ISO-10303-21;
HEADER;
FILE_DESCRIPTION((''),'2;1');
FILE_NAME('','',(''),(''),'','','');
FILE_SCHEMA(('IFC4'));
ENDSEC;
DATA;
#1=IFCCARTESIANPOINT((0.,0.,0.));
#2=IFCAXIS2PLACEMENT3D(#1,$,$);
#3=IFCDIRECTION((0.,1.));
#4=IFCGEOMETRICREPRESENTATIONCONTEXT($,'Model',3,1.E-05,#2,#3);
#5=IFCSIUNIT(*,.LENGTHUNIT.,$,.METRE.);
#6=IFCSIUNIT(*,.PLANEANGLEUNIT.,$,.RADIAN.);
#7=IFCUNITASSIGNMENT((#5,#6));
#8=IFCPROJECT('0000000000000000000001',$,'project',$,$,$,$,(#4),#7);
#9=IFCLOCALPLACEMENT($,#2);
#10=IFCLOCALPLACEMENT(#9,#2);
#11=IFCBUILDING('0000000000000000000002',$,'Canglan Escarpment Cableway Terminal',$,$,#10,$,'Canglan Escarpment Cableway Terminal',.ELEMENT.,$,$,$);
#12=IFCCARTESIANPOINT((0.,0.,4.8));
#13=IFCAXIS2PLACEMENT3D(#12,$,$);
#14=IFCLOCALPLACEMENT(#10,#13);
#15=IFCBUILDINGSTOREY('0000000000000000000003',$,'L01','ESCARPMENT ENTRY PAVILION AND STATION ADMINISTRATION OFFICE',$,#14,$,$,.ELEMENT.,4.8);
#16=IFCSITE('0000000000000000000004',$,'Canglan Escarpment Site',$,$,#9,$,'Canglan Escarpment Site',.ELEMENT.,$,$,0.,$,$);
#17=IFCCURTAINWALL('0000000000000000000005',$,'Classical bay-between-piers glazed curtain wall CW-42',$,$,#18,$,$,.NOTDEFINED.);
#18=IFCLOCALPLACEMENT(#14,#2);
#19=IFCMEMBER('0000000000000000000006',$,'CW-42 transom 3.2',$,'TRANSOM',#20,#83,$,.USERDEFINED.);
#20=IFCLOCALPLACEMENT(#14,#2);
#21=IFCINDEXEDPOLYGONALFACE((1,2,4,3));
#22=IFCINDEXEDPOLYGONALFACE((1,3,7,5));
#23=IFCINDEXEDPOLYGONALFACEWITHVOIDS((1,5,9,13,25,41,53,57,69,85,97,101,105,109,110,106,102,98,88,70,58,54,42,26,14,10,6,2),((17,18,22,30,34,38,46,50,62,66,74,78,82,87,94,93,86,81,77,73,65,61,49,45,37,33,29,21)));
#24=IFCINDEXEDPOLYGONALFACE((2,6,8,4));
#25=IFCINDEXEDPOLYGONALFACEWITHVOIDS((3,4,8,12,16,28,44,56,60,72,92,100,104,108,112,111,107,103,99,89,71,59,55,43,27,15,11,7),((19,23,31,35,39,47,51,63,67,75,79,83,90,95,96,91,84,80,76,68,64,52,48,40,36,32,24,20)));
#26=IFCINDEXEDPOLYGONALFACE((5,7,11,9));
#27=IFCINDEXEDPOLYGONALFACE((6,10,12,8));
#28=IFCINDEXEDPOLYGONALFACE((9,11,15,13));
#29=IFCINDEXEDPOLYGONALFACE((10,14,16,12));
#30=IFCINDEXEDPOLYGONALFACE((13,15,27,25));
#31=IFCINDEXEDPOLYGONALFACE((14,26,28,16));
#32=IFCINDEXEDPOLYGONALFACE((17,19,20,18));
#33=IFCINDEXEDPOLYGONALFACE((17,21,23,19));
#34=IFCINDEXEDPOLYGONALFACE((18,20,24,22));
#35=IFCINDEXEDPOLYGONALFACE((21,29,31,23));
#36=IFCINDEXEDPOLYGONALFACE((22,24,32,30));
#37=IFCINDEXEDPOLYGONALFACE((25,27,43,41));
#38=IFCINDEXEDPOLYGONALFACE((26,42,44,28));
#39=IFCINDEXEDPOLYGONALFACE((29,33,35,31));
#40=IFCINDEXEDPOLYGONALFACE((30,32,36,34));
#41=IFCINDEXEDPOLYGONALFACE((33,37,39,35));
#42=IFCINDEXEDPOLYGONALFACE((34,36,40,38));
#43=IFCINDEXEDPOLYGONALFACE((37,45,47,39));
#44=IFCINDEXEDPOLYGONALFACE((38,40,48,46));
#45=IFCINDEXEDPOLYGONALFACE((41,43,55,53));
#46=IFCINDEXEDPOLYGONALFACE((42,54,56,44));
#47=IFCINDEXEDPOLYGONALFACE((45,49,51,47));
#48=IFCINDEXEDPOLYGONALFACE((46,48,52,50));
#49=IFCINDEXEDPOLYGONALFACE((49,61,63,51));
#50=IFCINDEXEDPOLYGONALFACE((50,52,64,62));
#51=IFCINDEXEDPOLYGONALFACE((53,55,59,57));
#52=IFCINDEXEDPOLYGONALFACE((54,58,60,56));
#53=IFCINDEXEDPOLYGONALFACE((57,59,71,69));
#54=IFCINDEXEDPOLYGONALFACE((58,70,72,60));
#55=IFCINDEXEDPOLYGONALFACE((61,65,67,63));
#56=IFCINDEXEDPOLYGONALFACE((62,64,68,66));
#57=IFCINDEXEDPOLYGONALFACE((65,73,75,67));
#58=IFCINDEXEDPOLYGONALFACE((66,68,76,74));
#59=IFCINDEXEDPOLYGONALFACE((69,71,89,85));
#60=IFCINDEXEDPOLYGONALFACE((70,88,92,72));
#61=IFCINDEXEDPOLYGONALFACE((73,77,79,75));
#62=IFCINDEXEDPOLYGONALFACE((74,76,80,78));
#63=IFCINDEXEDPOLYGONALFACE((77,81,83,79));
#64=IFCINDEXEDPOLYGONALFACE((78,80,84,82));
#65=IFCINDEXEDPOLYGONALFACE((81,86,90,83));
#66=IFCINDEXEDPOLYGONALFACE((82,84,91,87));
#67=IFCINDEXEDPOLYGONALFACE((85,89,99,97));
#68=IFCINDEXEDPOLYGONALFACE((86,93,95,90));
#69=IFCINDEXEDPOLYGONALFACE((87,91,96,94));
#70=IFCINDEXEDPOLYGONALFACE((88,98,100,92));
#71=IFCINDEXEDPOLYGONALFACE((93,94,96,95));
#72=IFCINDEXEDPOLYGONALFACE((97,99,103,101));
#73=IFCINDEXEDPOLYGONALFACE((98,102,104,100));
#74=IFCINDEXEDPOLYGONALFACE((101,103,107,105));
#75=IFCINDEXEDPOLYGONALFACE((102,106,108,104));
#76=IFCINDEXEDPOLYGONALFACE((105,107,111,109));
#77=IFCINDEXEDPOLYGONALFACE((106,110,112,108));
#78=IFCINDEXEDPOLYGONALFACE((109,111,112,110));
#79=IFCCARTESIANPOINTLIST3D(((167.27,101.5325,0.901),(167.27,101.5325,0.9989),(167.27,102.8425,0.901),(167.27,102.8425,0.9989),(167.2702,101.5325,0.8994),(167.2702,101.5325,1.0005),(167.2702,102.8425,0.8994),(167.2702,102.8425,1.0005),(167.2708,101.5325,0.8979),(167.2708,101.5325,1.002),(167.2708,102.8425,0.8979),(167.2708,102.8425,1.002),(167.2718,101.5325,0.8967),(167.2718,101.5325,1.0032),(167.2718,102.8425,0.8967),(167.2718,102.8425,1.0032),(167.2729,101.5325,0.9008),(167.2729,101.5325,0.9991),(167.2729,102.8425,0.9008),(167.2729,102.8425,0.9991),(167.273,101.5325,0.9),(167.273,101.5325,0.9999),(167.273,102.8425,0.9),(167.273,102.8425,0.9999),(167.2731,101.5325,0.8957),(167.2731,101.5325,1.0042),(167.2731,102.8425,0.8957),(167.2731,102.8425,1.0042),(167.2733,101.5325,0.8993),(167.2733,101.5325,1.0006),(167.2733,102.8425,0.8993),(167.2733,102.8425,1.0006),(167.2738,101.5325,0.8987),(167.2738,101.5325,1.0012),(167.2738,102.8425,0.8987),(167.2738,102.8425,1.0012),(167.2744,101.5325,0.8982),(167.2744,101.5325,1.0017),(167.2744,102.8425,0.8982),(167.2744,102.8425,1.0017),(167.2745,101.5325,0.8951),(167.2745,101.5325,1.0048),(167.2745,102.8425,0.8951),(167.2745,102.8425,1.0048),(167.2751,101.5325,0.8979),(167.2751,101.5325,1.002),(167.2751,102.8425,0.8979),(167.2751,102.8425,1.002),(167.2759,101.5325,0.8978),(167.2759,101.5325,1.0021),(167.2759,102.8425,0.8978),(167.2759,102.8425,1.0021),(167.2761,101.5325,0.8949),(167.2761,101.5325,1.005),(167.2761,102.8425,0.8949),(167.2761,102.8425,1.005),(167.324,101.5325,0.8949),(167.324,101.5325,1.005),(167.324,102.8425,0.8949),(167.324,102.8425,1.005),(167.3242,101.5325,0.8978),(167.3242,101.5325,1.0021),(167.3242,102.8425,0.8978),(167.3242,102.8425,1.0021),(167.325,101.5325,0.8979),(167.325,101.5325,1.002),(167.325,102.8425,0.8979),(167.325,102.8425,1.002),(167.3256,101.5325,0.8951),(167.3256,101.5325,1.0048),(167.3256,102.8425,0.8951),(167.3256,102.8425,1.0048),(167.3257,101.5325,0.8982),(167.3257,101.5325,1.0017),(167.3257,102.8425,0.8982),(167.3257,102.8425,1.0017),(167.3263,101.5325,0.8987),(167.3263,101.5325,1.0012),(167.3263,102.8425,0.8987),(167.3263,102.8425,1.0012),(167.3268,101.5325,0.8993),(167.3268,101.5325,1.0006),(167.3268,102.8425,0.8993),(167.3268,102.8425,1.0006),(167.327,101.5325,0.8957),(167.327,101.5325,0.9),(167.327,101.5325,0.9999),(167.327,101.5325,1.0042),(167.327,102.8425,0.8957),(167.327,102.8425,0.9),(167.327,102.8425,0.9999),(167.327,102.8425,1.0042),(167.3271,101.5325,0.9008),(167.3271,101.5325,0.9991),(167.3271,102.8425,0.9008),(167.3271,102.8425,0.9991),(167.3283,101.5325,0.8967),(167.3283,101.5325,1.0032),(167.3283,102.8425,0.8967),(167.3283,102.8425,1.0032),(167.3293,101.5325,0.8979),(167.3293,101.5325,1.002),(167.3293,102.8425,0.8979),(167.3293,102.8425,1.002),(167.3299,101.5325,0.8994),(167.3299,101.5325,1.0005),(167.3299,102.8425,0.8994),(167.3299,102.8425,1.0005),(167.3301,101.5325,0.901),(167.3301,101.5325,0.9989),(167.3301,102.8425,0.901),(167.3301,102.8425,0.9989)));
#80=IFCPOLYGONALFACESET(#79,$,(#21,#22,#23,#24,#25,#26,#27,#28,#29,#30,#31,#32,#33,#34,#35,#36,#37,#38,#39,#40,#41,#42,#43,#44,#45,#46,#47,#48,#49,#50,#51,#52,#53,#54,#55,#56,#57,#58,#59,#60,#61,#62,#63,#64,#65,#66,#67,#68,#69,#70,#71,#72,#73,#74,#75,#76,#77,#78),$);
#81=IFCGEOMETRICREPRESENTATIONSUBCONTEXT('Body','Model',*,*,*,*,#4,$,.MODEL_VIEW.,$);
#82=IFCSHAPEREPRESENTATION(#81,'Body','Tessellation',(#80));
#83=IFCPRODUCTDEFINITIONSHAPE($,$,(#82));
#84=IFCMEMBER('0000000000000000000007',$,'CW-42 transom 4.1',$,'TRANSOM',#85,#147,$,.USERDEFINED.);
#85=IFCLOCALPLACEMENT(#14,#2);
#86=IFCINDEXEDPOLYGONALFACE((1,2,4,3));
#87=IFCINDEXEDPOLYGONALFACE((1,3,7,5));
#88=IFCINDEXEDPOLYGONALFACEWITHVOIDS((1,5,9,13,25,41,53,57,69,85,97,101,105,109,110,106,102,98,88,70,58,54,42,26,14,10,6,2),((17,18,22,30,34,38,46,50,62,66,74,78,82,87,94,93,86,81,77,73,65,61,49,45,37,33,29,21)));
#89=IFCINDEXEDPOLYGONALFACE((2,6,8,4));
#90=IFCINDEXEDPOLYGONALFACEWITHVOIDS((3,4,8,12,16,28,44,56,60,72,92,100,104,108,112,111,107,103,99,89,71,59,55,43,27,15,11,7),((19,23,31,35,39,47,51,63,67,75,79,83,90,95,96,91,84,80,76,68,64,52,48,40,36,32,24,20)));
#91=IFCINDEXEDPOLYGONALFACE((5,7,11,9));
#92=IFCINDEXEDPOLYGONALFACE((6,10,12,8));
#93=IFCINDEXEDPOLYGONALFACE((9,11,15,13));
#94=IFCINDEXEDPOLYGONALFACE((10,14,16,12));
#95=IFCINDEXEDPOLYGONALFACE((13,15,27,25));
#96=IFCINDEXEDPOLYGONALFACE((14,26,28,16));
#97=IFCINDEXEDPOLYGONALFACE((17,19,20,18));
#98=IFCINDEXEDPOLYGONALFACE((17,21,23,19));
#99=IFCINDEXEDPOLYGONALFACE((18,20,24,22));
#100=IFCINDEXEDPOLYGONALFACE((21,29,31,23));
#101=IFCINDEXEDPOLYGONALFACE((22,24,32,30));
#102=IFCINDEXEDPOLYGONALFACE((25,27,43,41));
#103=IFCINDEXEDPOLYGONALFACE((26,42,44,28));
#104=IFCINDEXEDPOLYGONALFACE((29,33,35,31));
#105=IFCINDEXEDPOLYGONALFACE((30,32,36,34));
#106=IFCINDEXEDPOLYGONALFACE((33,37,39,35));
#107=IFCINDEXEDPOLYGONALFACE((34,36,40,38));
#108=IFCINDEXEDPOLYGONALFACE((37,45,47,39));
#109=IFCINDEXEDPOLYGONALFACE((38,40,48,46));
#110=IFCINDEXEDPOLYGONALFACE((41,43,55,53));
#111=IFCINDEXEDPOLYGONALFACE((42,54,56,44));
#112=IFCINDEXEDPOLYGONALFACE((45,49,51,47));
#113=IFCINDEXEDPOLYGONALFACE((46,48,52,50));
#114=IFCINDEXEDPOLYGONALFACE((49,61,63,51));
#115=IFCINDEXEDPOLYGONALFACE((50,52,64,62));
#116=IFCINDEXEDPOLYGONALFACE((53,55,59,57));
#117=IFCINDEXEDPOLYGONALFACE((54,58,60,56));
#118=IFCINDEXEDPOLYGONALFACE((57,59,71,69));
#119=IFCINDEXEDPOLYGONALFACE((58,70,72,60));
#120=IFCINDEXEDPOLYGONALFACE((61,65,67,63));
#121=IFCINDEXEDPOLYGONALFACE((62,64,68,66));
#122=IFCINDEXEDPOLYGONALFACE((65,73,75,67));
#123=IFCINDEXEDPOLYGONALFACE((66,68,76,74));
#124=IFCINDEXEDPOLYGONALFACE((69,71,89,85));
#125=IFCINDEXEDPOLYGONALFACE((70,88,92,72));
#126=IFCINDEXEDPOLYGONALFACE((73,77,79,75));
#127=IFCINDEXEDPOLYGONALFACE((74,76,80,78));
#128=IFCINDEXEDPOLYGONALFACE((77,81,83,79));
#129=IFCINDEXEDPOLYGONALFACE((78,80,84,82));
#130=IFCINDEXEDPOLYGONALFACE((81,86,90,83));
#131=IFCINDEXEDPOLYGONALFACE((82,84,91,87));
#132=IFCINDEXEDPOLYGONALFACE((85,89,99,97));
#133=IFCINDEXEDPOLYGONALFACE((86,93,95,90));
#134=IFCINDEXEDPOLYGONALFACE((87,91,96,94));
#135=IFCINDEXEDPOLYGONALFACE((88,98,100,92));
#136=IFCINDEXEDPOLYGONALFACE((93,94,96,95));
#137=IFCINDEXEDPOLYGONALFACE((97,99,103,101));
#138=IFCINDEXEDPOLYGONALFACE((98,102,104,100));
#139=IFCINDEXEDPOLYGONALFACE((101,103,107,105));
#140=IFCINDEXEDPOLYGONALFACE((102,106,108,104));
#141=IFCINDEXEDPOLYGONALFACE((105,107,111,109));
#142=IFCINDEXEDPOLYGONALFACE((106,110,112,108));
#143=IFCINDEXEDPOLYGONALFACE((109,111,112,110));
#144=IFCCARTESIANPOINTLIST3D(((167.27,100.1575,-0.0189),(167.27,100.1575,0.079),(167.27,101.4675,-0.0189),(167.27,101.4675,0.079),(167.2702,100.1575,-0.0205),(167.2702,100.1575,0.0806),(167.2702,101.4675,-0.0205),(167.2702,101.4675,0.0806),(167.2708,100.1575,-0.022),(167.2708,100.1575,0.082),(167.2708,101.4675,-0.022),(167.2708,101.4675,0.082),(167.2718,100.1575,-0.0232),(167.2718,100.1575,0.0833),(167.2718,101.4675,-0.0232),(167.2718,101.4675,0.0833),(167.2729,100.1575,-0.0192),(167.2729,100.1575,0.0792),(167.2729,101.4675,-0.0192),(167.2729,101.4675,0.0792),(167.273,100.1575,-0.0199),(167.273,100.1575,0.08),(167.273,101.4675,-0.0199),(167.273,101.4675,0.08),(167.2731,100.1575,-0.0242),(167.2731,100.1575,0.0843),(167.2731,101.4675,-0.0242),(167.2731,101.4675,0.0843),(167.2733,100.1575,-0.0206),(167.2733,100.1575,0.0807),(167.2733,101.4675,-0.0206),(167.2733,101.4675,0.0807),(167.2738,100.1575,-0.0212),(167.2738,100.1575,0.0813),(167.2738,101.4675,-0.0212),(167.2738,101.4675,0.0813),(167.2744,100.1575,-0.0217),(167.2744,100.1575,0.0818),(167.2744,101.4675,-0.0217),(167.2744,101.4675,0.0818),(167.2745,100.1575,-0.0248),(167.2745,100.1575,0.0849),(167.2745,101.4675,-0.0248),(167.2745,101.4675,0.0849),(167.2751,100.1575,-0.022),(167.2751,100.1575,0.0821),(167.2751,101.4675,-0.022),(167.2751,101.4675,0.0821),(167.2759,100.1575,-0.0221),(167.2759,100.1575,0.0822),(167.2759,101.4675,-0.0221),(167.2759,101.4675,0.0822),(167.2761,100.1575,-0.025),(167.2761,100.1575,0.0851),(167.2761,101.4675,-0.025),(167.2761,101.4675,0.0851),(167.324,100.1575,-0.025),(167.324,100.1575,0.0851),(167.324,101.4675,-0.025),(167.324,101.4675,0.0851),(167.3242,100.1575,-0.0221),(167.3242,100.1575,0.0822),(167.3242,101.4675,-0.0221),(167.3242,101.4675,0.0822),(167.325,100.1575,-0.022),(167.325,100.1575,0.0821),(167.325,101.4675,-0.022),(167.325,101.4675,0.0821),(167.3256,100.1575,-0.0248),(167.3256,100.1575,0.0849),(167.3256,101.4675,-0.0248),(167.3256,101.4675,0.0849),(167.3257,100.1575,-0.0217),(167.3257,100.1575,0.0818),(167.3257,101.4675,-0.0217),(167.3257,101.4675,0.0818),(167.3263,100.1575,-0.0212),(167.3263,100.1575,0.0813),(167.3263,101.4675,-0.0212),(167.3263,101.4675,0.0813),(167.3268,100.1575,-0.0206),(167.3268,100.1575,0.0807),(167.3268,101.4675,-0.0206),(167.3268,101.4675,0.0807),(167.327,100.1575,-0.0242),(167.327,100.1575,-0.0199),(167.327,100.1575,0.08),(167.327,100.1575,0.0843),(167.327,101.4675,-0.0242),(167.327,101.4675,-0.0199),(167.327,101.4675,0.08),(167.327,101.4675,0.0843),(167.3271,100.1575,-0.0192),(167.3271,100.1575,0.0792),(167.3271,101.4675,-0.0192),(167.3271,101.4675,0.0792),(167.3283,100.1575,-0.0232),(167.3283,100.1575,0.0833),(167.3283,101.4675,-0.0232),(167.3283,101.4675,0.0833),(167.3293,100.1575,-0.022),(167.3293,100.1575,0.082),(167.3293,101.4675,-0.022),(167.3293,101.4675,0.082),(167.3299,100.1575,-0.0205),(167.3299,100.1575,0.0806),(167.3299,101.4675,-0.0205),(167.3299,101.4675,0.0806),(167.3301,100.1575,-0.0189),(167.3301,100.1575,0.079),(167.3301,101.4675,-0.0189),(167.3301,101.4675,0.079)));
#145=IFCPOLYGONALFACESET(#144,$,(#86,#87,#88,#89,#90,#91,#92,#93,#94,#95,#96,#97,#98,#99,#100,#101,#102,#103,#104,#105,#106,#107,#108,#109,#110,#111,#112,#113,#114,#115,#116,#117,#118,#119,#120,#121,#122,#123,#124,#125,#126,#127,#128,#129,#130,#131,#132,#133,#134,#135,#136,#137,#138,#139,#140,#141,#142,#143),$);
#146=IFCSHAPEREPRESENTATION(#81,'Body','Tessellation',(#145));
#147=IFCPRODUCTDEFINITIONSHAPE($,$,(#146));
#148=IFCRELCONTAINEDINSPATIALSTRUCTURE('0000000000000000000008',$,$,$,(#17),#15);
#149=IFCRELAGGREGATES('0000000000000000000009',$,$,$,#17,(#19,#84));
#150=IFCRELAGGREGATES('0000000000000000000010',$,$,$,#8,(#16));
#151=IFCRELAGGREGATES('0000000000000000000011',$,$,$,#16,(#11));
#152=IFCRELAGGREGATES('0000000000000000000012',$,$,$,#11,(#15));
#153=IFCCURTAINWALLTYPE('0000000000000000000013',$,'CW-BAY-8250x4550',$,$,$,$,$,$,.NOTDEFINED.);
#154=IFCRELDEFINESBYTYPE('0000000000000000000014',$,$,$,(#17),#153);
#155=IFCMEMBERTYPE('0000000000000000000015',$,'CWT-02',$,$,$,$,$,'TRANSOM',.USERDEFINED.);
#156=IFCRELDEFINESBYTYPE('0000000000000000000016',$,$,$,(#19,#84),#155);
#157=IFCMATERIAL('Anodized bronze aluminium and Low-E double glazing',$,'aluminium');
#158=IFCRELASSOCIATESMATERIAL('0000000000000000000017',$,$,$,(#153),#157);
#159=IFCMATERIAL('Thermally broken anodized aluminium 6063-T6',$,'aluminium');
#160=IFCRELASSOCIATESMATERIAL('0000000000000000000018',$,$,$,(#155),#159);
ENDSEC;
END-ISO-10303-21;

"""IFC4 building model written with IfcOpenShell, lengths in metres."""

from ifc_helpers import new_model, si_unit, direction, frame, origin, origin_2d, place, context, subcontext, project, spatial, hollow_rectangle, extrude, material, material_profile, profile_set, type_object, element, aggregate, save


model = new_model("IFC4")

# Units and contexts
model_context = context("Model", 3, precision=1e-05, world=origin(), true_north=direction((0.0, 1.0)))
body_context = subcontext(model_context, "Body", "Model", "MODEL_VIEW")
ifc_project = project(units=[si_unit("LENGTHUNIT", "METRE"), si_unit("PLANEANGLEUNIT", "RADIAN")], contexts=[model_context])

# Site, building, storey
site_placement = place(None, origin())
site = spatial("IfcSite", under=ifc_project, at=site_placement, Name="Canglan Escarpment Site", LongName="Canglan Escarpment Site", CompositionType="ELEMENT", RefElevation=0.0)
building_placement = place(site_placement, origin())
building = spatial("IfcBuilding", under=site, at=building_placement, Name="Canglan Escarpment Cableway Terminal", LongName="Canglan Escarpment Cableway Terminal", CompositionType="ELEMENT")
storey_placement = place(building_placement, frame((0.0, 0.0, 4.8)))
storey = spatial("IfcBuildingStorey", under=building, at=storey_placement, Name="L01", Description="ESCARPMENT ENTRY PAVILION AND STATION ADMINISTRATION OFFICE", CompositionType="ELEMENT", Elevation=4.8)

# Curtain wall, members
ifc_material_1 = material(Name="Anodized bronze aluminium and Low-E double glazing", Category="aluminium")
curtain_wall_type = type_object("IfcCurtainWallType", Name="CW-BAY-8250x4550", PredefinedType="NOTDEFINED", material=ifc_material_1)
curtain_wall_placement = place(storey_placement, origin())
curtain_wall = element("IfcCurtainWall", 1, at=curtain_wall_placement, inside=storey, type_object=curtain_wall_type, Name="Classical bay-between-piers glazed curtain wall CW-42", PredefinedType="NOTDEFINED")
ifc_material_2 = material(Name="Thermally broken anodized aluminium 6063-T6", Category="aluminium")
ifc_material_profile_1 = material_profile(ifc_material_2, hollow_rectangle(XDim=0.0601, YDim=0.1101, WallThickness=0.0029, InnerFilletRadius=0.0029, OuterFilletRadius=0.0061, at=origin_2d()), Name="ALU-TRAN 60x110x3")
ifc_profile_set_1 = profile_set([ifc_material_profile_1], Name="Thermally broken anodized aluminium 6063-T6")
member_type_1 = type_object("IfcMemberType", Name="CWT-02", ElementType="TRANSOM", PredefinedType="USERDEFINED", material=ifc_profile_set_1)
member_1_placement = place(storey_placement, frame((167.3, 102.8425, 0.95), z_axis=(0.0, -1.0, 0.0), x_axis=(1.0, 0.0, 0.0)))
member_1 = element("IfcMember", 2, at=member_1_placement, type_object=member_type_1, Name="CW-42 transom 3.2", ObjectType="TRANSOM", PredefinedType="USERDEFINED", context=body_context, shape_type="SweptSolid", body=[
    extrude(hollow_rectangle(XDim=0.0601, YDim=0.1101, WallThickness=0.0029, InnerFilletRadius=0.0029, OuterFilletRadius=0.0061, at=origin_2d()), origin(), (0.0, 0.0, 1.0), 1.3101),
])
member_2_placement = place(storey_placement, frame((167.3, 101.4675, 0.03), z_axis=(0.0, -1.0, 0.0), x_axis=(1.0, 0.0, 0.0)))
member_2 = element("IfcMember", 3, at=member_2_placement, type_object=member_type_1, Name="CW-42 transom 4.1", ObjectType="TRANSOM", PredefinedType="USERDEFINED", context=body_context, shape_type="SweptSolid", body=[
    extrude(hollow_rectangle(XDim=0.0601, YDim=0.1101, WallThickness=0.0029, InnerFilletRadius=0.0029, OuterFilletRadius=0.0061, at=origin_2d()), origin(), (0.0, 0.0, 1.0), 1.3101),
])
aggregate(curtain_wall, [member_1, member_2])

save(model, "model.ifc")
